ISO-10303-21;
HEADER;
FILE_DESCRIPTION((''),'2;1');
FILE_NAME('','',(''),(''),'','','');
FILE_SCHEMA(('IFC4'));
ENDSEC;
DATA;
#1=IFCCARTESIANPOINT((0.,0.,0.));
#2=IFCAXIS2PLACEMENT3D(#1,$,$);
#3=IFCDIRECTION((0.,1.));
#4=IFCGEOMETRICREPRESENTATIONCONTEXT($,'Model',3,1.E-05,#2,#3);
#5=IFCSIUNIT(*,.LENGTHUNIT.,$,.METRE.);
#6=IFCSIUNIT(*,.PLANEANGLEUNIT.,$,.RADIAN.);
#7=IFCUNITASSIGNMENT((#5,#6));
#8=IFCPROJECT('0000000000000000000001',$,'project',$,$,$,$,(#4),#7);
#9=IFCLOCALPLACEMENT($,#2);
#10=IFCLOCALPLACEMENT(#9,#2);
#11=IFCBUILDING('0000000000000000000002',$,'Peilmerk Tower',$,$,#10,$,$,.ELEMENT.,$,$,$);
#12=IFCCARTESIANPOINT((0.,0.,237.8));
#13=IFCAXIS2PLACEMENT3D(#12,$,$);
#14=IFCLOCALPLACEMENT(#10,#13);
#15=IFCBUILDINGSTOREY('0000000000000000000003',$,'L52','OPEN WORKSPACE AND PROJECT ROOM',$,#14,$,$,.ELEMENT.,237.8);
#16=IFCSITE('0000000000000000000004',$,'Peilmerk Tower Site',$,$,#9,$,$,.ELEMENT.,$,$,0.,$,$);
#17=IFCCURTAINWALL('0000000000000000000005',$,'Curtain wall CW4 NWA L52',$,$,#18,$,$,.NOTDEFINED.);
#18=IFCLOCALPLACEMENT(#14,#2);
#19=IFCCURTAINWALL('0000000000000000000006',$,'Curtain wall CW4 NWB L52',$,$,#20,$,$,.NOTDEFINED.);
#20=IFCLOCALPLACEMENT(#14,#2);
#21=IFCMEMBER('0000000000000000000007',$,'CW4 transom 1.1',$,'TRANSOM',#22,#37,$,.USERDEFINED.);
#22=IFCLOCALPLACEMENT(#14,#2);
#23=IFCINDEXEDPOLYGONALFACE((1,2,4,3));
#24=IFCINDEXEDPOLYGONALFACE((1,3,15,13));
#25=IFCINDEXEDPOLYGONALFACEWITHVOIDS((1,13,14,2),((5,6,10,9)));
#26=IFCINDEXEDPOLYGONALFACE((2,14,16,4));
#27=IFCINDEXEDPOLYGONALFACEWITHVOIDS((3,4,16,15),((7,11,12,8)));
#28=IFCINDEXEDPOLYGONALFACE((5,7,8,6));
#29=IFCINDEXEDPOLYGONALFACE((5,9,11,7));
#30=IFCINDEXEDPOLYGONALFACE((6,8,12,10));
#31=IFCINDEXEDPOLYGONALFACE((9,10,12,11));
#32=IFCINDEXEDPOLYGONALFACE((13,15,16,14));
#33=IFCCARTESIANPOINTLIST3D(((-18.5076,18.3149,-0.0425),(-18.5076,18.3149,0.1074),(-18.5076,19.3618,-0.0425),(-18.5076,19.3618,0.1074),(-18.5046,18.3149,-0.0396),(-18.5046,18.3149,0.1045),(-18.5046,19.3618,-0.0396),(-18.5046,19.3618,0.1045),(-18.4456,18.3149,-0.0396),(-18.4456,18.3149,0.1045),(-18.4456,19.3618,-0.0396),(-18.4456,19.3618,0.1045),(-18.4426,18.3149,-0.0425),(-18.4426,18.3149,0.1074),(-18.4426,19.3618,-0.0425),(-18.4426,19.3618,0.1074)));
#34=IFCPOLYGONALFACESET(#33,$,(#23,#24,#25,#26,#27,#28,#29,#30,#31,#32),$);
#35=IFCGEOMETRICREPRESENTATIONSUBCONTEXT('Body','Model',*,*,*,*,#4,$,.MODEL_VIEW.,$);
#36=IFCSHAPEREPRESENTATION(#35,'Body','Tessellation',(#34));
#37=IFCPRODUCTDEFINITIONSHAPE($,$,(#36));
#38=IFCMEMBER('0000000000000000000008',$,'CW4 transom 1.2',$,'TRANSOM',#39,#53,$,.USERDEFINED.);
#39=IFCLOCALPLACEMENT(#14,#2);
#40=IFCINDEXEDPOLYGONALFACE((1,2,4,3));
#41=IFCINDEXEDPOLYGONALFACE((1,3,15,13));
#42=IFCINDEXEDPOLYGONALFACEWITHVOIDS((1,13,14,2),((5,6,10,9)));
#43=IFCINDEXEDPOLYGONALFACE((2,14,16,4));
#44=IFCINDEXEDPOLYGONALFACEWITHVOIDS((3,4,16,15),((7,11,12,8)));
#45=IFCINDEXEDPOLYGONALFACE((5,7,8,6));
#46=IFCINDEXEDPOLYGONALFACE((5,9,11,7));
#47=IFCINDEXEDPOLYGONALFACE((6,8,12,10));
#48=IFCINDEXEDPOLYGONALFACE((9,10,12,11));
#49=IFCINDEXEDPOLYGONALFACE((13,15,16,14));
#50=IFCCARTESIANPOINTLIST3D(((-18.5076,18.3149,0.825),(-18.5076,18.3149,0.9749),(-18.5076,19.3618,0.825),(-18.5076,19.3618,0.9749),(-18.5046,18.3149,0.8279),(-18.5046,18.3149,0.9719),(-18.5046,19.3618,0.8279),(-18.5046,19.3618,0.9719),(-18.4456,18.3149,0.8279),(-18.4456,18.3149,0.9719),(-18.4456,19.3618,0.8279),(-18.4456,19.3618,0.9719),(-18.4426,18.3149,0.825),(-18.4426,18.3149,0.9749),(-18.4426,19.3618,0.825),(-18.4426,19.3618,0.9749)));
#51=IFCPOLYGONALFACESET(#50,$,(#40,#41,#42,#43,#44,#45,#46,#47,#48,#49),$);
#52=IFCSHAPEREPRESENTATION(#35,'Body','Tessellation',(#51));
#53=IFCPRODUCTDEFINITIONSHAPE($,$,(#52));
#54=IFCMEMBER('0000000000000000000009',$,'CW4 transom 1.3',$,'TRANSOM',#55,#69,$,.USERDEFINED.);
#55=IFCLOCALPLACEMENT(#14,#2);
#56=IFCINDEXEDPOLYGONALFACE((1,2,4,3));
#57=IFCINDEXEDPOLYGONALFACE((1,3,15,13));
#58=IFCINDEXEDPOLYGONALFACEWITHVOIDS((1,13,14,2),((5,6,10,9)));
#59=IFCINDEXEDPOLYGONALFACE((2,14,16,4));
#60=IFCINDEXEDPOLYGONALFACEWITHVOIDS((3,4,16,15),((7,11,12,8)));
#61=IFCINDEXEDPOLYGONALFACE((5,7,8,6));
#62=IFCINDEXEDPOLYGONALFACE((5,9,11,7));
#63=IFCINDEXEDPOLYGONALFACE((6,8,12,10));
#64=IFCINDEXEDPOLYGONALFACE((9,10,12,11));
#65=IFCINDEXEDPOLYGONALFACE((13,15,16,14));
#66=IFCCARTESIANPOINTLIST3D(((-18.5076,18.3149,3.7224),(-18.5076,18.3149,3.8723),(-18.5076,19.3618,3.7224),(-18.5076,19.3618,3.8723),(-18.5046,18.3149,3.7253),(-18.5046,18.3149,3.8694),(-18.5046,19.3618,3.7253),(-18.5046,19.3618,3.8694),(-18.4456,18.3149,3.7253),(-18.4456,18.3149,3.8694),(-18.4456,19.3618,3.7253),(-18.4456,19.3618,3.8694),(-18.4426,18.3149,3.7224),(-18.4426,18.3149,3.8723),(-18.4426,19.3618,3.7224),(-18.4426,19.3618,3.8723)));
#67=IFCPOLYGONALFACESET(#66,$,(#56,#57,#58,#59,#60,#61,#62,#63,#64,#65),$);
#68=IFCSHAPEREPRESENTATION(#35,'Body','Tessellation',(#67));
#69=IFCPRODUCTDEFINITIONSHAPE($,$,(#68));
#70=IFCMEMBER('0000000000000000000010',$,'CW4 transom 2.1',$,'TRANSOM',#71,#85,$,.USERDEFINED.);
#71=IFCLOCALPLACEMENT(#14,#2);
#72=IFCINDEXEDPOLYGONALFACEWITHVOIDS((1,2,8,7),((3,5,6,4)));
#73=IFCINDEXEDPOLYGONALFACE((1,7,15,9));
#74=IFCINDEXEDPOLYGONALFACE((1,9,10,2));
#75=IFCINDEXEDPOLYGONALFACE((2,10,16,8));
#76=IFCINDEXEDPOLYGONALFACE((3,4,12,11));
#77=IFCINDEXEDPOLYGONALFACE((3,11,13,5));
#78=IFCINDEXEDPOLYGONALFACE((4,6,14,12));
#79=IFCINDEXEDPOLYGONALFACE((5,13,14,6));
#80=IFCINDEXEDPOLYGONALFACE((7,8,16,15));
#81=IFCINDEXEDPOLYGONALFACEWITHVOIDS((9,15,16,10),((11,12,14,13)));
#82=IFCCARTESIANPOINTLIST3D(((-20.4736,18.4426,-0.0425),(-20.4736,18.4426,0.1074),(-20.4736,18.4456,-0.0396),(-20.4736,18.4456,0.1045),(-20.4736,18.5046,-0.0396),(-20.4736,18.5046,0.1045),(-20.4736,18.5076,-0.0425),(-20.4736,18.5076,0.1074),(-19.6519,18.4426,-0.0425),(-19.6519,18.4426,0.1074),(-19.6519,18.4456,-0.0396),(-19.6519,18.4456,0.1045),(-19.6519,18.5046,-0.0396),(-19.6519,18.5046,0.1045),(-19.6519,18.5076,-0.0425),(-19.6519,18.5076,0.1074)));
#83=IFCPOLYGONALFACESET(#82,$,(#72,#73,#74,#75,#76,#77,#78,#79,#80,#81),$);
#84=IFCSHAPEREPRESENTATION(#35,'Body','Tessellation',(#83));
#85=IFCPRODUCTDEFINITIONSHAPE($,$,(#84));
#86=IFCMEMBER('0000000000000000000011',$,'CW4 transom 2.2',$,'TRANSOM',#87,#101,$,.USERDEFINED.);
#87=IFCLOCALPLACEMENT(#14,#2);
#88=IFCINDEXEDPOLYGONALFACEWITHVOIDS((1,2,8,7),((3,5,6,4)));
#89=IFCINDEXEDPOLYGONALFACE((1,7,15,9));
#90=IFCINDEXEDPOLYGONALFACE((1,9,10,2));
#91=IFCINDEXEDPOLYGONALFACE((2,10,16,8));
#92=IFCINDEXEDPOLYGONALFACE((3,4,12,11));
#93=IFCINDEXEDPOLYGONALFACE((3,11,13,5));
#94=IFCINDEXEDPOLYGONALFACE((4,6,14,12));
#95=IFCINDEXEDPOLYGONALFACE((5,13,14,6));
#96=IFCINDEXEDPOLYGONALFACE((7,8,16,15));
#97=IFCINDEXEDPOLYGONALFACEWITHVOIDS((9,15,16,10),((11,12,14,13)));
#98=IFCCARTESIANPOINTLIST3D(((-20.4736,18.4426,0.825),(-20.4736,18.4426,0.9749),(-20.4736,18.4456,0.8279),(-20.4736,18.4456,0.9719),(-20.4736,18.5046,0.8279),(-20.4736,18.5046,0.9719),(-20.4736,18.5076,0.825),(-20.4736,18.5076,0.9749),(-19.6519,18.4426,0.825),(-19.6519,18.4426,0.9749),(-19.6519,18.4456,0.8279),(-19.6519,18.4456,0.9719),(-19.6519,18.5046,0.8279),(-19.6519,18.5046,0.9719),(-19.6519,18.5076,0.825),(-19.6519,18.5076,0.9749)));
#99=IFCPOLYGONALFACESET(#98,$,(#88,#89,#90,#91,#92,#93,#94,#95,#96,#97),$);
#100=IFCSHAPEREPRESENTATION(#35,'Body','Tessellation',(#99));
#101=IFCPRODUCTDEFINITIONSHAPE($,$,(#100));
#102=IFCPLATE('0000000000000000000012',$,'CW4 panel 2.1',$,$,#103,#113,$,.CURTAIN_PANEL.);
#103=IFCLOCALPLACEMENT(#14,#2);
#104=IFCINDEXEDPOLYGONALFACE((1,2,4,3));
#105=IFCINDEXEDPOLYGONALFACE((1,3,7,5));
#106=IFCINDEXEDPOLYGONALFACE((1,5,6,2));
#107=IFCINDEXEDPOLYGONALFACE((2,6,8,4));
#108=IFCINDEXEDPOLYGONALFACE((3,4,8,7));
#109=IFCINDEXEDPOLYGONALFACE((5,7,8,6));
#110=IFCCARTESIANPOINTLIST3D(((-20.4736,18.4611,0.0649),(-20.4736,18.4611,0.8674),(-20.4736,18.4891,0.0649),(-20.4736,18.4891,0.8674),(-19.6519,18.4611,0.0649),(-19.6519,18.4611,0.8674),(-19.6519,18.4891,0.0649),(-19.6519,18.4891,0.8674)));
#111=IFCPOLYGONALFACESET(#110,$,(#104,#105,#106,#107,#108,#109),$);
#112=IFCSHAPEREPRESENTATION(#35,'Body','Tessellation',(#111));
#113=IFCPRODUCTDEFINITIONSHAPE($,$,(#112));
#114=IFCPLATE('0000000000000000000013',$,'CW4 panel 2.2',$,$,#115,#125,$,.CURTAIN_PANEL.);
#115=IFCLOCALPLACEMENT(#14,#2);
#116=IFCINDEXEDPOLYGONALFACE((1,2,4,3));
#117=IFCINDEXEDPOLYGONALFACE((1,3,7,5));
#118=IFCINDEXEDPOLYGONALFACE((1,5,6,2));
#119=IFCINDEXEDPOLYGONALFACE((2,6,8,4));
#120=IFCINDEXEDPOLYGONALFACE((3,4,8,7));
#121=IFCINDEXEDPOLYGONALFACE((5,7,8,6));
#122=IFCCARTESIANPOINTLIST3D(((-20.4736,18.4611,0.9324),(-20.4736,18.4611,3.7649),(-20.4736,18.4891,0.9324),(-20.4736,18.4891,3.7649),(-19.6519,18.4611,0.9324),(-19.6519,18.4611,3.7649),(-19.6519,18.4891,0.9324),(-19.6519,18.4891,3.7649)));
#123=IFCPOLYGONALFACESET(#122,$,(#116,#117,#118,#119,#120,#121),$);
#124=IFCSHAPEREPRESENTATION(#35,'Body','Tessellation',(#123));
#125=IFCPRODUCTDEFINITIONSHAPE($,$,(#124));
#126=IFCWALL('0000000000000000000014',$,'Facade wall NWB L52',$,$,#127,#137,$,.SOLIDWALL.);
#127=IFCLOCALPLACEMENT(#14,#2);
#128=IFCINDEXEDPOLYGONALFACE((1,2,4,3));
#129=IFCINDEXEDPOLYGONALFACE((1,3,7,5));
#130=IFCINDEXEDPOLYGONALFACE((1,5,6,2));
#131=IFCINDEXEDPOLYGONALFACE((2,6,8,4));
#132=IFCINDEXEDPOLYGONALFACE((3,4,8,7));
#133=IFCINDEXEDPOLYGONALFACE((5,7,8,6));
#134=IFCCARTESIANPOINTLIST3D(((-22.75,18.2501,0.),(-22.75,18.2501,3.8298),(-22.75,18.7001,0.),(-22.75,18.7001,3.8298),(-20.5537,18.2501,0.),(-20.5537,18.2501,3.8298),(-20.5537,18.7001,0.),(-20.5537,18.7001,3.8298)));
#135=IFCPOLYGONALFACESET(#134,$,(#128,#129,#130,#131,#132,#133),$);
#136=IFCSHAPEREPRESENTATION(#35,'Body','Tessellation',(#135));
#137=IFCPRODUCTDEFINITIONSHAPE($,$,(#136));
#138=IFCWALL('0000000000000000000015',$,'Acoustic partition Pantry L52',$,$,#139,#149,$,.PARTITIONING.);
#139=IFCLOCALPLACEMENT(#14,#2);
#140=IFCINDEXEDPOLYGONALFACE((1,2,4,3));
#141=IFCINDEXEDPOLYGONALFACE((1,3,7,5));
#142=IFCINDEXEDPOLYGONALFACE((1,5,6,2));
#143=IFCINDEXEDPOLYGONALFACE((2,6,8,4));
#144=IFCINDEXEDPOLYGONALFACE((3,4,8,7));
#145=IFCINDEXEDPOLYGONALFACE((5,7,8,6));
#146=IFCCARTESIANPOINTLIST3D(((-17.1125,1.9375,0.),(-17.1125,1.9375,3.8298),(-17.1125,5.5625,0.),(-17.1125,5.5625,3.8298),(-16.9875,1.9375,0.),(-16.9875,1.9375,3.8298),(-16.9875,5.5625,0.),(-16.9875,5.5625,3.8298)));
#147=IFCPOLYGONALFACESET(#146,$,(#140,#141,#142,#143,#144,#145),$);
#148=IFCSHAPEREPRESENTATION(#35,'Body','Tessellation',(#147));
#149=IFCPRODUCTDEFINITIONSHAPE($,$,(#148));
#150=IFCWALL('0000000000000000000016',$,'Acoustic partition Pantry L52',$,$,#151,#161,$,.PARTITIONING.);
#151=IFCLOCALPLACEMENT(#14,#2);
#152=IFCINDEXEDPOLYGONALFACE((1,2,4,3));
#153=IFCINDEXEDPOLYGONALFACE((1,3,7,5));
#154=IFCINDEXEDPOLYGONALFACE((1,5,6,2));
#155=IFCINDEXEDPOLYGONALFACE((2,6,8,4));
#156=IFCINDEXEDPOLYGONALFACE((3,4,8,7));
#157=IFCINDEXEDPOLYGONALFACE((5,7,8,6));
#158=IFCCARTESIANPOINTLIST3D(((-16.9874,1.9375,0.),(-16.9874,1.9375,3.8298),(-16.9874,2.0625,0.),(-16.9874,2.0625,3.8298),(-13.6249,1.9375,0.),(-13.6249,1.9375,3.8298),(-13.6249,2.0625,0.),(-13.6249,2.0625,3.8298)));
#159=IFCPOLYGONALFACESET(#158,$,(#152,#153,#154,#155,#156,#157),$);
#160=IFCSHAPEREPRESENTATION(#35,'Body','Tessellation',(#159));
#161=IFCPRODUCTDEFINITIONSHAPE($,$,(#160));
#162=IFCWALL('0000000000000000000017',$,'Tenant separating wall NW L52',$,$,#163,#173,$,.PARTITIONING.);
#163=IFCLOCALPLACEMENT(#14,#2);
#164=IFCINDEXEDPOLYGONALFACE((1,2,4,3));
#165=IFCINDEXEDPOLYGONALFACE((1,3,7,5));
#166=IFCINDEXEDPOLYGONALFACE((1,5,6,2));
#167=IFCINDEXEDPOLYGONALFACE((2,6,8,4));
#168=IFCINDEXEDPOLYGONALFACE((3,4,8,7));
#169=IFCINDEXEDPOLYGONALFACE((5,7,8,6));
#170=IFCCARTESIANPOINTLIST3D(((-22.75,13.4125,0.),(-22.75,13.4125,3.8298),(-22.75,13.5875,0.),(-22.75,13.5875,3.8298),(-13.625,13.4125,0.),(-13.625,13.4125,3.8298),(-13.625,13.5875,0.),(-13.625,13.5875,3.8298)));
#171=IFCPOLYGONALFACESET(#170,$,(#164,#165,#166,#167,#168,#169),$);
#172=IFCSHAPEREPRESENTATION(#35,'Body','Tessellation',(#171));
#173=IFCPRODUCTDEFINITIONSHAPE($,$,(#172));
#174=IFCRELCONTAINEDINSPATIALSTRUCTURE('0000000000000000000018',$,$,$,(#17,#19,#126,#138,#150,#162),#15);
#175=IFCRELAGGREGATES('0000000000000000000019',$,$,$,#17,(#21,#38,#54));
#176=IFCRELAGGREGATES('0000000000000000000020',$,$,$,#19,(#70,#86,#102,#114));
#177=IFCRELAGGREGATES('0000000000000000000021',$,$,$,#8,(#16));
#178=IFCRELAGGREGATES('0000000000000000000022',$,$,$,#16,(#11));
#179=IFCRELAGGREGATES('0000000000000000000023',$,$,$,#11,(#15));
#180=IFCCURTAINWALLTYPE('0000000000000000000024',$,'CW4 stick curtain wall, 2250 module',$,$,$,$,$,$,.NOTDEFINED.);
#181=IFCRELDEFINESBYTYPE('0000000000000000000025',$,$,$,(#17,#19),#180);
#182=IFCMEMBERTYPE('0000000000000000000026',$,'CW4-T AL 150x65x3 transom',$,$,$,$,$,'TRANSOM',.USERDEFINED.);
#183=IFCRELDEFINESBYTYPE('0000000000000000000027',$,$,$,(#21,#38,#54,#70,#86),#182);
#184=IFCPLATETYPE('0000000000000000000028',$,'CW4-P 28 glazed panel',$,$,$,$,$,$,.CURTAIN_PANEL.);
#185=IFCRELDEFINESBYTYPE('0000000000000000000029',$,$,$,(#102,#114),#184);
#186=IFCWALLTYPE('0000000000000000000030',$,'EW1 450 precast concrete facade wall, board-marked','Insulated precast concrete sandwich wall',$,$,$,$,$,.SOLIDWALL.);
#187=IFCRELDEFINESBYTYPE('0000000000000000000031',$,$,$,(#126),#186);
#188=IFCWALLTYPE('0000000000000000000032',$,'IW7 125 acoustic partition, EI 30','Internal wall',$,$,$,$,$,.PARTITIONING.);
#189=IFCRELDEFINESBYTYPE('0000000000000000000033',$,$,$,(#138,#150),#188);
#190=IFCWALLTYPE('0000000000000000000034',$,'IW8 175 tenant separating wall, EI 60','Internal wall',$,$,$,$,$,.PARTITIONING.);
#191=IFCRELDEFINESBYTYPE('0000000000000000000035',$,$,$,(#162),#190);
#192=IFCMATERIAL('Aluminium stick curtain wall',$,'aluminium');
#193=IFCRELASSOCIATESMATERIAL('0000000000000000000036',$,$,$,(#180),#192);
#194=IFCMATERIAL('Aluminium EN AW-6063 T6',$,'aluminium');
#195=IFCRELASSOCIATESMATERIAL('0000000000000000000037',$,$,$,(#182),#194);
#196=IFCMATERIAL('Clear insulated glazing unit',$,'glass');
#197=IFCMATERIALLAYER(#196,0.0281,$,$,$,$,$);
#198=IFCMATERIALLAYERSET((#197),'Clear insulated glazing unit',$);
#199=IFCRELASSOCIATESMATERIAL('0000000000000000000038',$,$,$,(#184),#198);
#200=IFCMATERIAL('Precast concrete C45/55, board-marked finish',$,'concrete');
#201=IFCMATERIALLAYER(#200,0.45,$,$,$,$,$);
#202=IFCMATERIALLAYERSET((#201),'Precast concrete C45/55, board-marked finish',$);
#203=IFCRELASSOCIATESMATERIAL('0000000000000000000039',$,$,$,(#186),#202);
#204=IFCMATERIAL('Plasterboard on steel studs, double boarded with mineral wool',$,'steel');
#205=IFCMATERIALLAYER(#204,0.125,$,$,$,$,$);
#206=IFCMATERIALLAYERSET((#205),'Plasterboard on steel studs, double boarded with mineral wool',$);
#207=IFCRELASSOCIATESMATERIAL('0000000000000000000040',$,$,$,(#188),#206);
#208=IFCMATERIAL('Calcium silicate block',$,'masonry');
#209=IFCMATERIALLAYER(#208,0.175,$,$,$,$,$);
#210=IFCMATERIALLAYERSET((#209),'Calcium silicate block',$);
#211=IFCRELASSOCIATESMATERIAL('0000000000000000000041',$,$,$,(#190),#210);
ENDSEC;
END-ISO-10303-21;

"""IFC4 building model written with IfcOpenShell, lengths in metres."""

from ifc_helpers import new_model, si_unit, direction, frame, frame_2d, origin, origin_2d, place, context, subcontext, project, spatial, rectangle, hollow_rectangle, extrude, material, layer, layer_set, material_profile, profile_set, type_object, element, aggregate, save


model = new_model("IFC4")

# Units and contexts
model_context = context("Model", 3, precision=1e-05, world=origin(), true_north=direction((0.0, 1.0)))
body_context = subcontext(model_context, "Body", "Model", "MODEL_VIEW")
ifc_project = project(units=[si_unit("LENGTHUNIT", "METRE"), si_unit("PLANEANGLEUNIT", "RADIAN")], contexts=[model_context])

# Site, building, storey
site_placement = place(None, origin())
site = spatial("IfcSite", under=ifc_project, at=site_placement, Name="Peilmerk Tower Site", CompositionType="ELEMENT", RefElevation=0.0)
building_placement = place(site_placement, origin())
building = spatial("IfcBuilding", under=site, at=building_placement, Name="Peilmerk Tower", CompositionType="ELEMENT")
storey_placement = place(building_placement, frame((0.0, 0.0, 237.8)))
storey = spatial("IfcBuildingStorey", under=building, at=storey_placement, Name="L52", Description="OPEN WORKSPACE AND PROJECT ROOM", CompositionType="ELEMENT", Elevation=237.8)

# Curtain walls
ifc_material_1 = material(Name="Aluminium stick curtain wall", Category="aluminium")
curtain_wall_type = type_object("IfcCurtainWallType", Name="CW4 stick curtain wall, 2250 module", PredefinedType="NOTDEFINED", material=ifc_material_1)
curtain_wall_1_placement = place(storey_placement, origin())
curtain_wall_1 = element("IfcCurtainWall", 1, at=curtain_wall_1_placement, inside=storey, type_object=curtain_wall_type, Name="Curtain wall CW4 NWA L52", PredefinedType="NOTDEFINED")
ifc_material_2 = material(Name="Aluminium EN AW-6063 T6", Category="aluminium")
curtain_wall_2_placement = place(storey_placement, origin())
curtain_wall_2 = element("IfcCurtainWall", 2, at=curtain_wall_2_placement, inside=storey, type_object=curtain_wall_type, Name="Curtain wall CW4 NWB L52", PredefinedType="NOTDEFINED")

# Members
ifc_material_profile_1 = material_profile(ifc_material_2, hollow_rectangle(XDim=0.0649, YDim=0.1499, WallThickness=0.0029, at=origin_2d()), Name="AL 150x65x3")
ifc_profile_set_1 = profile_set([ifc_material_profile_1], Name="Aluminium EN AW-6063 T6")
member_type_1 = type_object("IfcMemberType", Name="CW4-T AL 150x65x3 transom", ElementType="TRANSOM", PredefinedType="USERDEFINED", material=ifc_profile_set_1)
member_1_placement = place(storey_placement, frame((-18.4751, 18.3149, 0.0325), z_axis=(0.0, 1.0, 0.0), x_axis=(-1.0, 0.0, 0.0)))
member_1 = element("IfcMember", 3, at=member_1_placement, type_object=member_type_1, Name="CW4 transom 1.1", ObjectType="TRANSOM", PredefinedType="USERDEFINED", context=body_context, shape_type="SweptSolid", body=[
    extrude(hollow_rectangle(XDim=0.0649, YDim=0.1499, WallThickness=0.0029, at=origin_2d()), origin(), (0.0, 0.0, 1.0), 1.0469),
])
member_2_placement = place(storey_placement, frame((-18.4751, 18.3149, 0.8999), z_axis=(0.0, 1.0, 0.0), x_axis=(-1.0, 0.0, 0.0)))
member_2 = element("IfcMember", 4, at=member_2_placement, type_object=member_type_1, Name="CW4 transom 1.2", ObjectType="TRANSOM", PredefinedType="USERDEFINED", context=body_context, shape_type="SweptSolid", body=[
    extrude(hollow_rectangle(XDim=0.0649, YDim=0.1499, WallThickness=0.0029, at=origin_2d()), origin(), (0.0, 0.0, 1.0), 1.0469),
])
member_3_placement = place(storey_placement, frame((-18.4751, 18.3149, 3.7974), z_axis=(0.0, 1.0, 0.0), x_axis=(-1.0, 0.0, 0.0)))
member_3 = element("IfcMember", 5, at=member_3_placement, type_object=member_type_1, Name="CW4 transom 1.3", ObjectType="TRANSOM", PredefinedType="USERDEFINED", context=body_context, shape_type="SweptSolid", body=[
    extrude(hollow_rectangle(XDim=0.0649, YDim=0.1499, WallThickness=0.0029, at=origin_2d()), origin(), (0.0, 0.0, 1.0), 1.0469),
])
aggregate(curtain_wall_1, [member_1, member_2, member_3])
member_4_placement = place(storey_placement, frame((-19.6519, 18.4751, 0.0325), z_axis=(-1.0, 0.0, 0.0), x_axis=(0.0, -1.0, 0.0)))
member_4 = element("IfcMember", 6, at=member_4_placement, type_object=member_type_1, Name="CW4 transom 2.1", ObjectType="TRANSOM", PredefinedType="USERDEFINED", context=body_context, shape_type="SweptSolid", body=[
    extrude(hollow_rectangle(XDim=0.0649, YDim=0.1499, WallThickness=0.0029, at=origin_2d()), origin(), (0.0, 0.0, 1.0), 0.8218),
])
member_5_placement = place(storey_placement, frame((-19.6519, 18.4751, 0.8999), z_axis=(-1.0, 0.0, 0.0), x_axis=(0.0, -1.0, 0.0)))
member_5 = element("IfcMember", 7, at=member_5_placement, type_object=member_type_1, Name="CW4 transom 2.2", ObjectType="TRANSOM", PredefinedType="USERDEFINED", context=body_context, shape_type="SweptSolid", body=[
    extrude(hollow_rectangle(XDim=0.0649, YDim=0.1499, WallThickness=0.0029, at=origin_2d()), origin(), (0.0, 0.0, 1.0), 0.8218),
])

# Plates
ifc_material_3 = material(Name="Clear insulated glazing unit", Category="glass")
ifc_layer_1 = layer(ifc_material_3, 0.0281)
ifc_layer_set_1 = layer_set([ifc_layer_1], Name="Clear insulated glazing unit")
plate_type = type_object("IfcPlateType", Name="CW4-P 28 glazed panel", PredefinedType="CURTAIN_PANEL", material=ifc_layer_set_1)
plate_1_placement = place(storey_placement, frame((-20.0627, 18.4751, 0.0649), z_axis=(0.0, 0.0, 1.0), x_axis=(-1.0, 0.0, 0.0)))
plate_1 = element("IfcPlate", 8, at=plate_1_placement, type_object=plate_type, Name="CW4 panel 2.1", PredefinedType="CURTAIN_PANEL", context=body_context, shape_type="SweptSolid", body=[
    extrude(rectangle(XDim=0.8218, YDim=0.0281, at=origin_2d()), origin(), (0.0, 0.0, 1.0), 0.8025),
])
plate_2_placement = place(storey_placement, frame((-20.0627, 18.4751, 0.9324), z_axis=(0.0, 0.0, 1.0), x_axis=(-1.0, 0.0, 0.0)))
plate_2 = element("IfcPlate", 9, at=plate_2_placement, type_object=plate_type, Name="CW4 panel 2.2", PredefinedType="CURTAIN_PANEL", context=body_context, shape_type="SweptSolid", body=[
    extrude(rectangle(XDim=0.8218, YDim=0.0281, at=origin_2d()), origin(), (0.0, 0.0, 1.0), 2.8325),
])
aggregate(curtain_wall_2, [member_4, member_5, plate_1, plate_2])

# Walls
ifc_material_4 = material(Name="Precast concrete C45/55, board-marked finish", Category="concrete")
ifc_layer_2 = layer(ifc_material_4, 0.45)
ifc_layer_set_2 = layer_set([ifc_layer_2], Name="Precast concrete C45/55, board-marked finish")
wall_type_1 = type_object("IfcWallType", Name="EW1 450 precast concrete facade wall, board-marked", Description="Insulated precast concrete sandwich wall", PredefinedType="SOLIDWALL", material=ifc_layer_set_2)
wall_1_placement = place(storey_placement, frame((-20.5537, 18.4751, 0.0), z_axis=(0.0, 0.0, 1.0), x_axis=(-1.0, 0.0, 0.0)))
element("IfcWall", 10, at=wall_1_placement, inside=storey, type_object=wall_type_1, Name="Facade wall NWB L52", PredefinedType="SOLIDWALL", context=body_context, shape_type="SweptSolid", body=[
    extrude(rectangle(XDim=2.1963, YDim=0.45, at=frame_2d((1.0981, 0.0))), origin(), (0.0, 0.0, 1.0), 3.8298),
])
ifc_material_5 = material(Name="Plasterboard on steel studs, double boarded with mineral wool", Category="steel")
ifc_layer_3 = layer(ifc_material_5, 0.125)
ifc_layer_set_3 = layer_set([ifc_layer_3], Name="Plasterboard on steel studs, double boarded with mineral wool")
wall_type_2 = type_object("IfcWallType", Name="IW7 125 acoustic partition, EI 30", Description="Internal wall", PredefinedType="PARTITIONING", material=ifc_layer_set_3)
wall_2_placement = place(storey_placement, frame((-17.05, 1.9375, 0.0), z_axis=(0.0, 0.0, 1.0), x_axis=(0.0, 1.0, 0.0)))
element("IfcWall", 11, at=wall_2_placement, inside=storey, type_object=wall_type_2, Name="Acoustic partition Pantry L52", PredefinedType="PARTITIONING", context=body_context, shape_type="SweptSolid", body=[
    extrude(rectangle(XDim=3.625, YDim=0.125, at=frame_2d((1.8125, 0.0))), origin(), (0.0, 0.0, 1.0), 3.8298),
])
wall_3_placement = place(storey_placement, frame((-13.625, 2.0, 0.0), z_axis=(0.0, 0.0, 1.0), x_axis=(-1.0, 0.0, 0.0)))
element("IfcWall", 12, at=wall_3_placement, inside=storey, type_object=wall_type_2, Name="Acoustic partition Pantry L52", PredefinedType="PARTITIONING", context=body_context, shape_type="SweptSolid", body=[
    extrude(rectangle(XDim=3.3625, YDim=0.125, at=frame_2d((1.6812, 0.0))), origin(), (0.0, 0.0, 1.0), 3.8298),
])
ifc_material_6 = material(Name="Calcium silicate block", Category="masonry")
ifc_layer_4 = layer(ifc_material_6, 0.175)
ifc_layer_set_4 = layer_set([ifc_layer_4], Name="Calcium silicate block")
wall_type_3 = type_object("IfcWallType", Name="IW8 175 tenant separating wall, EI 60", Description="Internal wall", PredefinedType="PARTITIONING", material=ifc_layer_set_4)
wall_4_placement = place(storey_placement, frame((-22.75, 13.5, 0.0), z_axis=(0.0, 0.0, 1.0), x_axis=(1.0, 0.0, 0.0)))
element("IfcWall", 13, at=wall_4_placement, inside=storey, type_object=wall_type_3, Name="Tenant separating wall NW L52", PredefinedType="PARTITIONING", context=body_context, shape_type="SweptSolid", body=[
    extrude(rectangle(XDim=9.125, YDim=0.175, at=frame_2d((4.5625, 0.0))), origin(), (0.0, 0.0, 1.0), 3.8298),
])

save(model, "model.ifc")
